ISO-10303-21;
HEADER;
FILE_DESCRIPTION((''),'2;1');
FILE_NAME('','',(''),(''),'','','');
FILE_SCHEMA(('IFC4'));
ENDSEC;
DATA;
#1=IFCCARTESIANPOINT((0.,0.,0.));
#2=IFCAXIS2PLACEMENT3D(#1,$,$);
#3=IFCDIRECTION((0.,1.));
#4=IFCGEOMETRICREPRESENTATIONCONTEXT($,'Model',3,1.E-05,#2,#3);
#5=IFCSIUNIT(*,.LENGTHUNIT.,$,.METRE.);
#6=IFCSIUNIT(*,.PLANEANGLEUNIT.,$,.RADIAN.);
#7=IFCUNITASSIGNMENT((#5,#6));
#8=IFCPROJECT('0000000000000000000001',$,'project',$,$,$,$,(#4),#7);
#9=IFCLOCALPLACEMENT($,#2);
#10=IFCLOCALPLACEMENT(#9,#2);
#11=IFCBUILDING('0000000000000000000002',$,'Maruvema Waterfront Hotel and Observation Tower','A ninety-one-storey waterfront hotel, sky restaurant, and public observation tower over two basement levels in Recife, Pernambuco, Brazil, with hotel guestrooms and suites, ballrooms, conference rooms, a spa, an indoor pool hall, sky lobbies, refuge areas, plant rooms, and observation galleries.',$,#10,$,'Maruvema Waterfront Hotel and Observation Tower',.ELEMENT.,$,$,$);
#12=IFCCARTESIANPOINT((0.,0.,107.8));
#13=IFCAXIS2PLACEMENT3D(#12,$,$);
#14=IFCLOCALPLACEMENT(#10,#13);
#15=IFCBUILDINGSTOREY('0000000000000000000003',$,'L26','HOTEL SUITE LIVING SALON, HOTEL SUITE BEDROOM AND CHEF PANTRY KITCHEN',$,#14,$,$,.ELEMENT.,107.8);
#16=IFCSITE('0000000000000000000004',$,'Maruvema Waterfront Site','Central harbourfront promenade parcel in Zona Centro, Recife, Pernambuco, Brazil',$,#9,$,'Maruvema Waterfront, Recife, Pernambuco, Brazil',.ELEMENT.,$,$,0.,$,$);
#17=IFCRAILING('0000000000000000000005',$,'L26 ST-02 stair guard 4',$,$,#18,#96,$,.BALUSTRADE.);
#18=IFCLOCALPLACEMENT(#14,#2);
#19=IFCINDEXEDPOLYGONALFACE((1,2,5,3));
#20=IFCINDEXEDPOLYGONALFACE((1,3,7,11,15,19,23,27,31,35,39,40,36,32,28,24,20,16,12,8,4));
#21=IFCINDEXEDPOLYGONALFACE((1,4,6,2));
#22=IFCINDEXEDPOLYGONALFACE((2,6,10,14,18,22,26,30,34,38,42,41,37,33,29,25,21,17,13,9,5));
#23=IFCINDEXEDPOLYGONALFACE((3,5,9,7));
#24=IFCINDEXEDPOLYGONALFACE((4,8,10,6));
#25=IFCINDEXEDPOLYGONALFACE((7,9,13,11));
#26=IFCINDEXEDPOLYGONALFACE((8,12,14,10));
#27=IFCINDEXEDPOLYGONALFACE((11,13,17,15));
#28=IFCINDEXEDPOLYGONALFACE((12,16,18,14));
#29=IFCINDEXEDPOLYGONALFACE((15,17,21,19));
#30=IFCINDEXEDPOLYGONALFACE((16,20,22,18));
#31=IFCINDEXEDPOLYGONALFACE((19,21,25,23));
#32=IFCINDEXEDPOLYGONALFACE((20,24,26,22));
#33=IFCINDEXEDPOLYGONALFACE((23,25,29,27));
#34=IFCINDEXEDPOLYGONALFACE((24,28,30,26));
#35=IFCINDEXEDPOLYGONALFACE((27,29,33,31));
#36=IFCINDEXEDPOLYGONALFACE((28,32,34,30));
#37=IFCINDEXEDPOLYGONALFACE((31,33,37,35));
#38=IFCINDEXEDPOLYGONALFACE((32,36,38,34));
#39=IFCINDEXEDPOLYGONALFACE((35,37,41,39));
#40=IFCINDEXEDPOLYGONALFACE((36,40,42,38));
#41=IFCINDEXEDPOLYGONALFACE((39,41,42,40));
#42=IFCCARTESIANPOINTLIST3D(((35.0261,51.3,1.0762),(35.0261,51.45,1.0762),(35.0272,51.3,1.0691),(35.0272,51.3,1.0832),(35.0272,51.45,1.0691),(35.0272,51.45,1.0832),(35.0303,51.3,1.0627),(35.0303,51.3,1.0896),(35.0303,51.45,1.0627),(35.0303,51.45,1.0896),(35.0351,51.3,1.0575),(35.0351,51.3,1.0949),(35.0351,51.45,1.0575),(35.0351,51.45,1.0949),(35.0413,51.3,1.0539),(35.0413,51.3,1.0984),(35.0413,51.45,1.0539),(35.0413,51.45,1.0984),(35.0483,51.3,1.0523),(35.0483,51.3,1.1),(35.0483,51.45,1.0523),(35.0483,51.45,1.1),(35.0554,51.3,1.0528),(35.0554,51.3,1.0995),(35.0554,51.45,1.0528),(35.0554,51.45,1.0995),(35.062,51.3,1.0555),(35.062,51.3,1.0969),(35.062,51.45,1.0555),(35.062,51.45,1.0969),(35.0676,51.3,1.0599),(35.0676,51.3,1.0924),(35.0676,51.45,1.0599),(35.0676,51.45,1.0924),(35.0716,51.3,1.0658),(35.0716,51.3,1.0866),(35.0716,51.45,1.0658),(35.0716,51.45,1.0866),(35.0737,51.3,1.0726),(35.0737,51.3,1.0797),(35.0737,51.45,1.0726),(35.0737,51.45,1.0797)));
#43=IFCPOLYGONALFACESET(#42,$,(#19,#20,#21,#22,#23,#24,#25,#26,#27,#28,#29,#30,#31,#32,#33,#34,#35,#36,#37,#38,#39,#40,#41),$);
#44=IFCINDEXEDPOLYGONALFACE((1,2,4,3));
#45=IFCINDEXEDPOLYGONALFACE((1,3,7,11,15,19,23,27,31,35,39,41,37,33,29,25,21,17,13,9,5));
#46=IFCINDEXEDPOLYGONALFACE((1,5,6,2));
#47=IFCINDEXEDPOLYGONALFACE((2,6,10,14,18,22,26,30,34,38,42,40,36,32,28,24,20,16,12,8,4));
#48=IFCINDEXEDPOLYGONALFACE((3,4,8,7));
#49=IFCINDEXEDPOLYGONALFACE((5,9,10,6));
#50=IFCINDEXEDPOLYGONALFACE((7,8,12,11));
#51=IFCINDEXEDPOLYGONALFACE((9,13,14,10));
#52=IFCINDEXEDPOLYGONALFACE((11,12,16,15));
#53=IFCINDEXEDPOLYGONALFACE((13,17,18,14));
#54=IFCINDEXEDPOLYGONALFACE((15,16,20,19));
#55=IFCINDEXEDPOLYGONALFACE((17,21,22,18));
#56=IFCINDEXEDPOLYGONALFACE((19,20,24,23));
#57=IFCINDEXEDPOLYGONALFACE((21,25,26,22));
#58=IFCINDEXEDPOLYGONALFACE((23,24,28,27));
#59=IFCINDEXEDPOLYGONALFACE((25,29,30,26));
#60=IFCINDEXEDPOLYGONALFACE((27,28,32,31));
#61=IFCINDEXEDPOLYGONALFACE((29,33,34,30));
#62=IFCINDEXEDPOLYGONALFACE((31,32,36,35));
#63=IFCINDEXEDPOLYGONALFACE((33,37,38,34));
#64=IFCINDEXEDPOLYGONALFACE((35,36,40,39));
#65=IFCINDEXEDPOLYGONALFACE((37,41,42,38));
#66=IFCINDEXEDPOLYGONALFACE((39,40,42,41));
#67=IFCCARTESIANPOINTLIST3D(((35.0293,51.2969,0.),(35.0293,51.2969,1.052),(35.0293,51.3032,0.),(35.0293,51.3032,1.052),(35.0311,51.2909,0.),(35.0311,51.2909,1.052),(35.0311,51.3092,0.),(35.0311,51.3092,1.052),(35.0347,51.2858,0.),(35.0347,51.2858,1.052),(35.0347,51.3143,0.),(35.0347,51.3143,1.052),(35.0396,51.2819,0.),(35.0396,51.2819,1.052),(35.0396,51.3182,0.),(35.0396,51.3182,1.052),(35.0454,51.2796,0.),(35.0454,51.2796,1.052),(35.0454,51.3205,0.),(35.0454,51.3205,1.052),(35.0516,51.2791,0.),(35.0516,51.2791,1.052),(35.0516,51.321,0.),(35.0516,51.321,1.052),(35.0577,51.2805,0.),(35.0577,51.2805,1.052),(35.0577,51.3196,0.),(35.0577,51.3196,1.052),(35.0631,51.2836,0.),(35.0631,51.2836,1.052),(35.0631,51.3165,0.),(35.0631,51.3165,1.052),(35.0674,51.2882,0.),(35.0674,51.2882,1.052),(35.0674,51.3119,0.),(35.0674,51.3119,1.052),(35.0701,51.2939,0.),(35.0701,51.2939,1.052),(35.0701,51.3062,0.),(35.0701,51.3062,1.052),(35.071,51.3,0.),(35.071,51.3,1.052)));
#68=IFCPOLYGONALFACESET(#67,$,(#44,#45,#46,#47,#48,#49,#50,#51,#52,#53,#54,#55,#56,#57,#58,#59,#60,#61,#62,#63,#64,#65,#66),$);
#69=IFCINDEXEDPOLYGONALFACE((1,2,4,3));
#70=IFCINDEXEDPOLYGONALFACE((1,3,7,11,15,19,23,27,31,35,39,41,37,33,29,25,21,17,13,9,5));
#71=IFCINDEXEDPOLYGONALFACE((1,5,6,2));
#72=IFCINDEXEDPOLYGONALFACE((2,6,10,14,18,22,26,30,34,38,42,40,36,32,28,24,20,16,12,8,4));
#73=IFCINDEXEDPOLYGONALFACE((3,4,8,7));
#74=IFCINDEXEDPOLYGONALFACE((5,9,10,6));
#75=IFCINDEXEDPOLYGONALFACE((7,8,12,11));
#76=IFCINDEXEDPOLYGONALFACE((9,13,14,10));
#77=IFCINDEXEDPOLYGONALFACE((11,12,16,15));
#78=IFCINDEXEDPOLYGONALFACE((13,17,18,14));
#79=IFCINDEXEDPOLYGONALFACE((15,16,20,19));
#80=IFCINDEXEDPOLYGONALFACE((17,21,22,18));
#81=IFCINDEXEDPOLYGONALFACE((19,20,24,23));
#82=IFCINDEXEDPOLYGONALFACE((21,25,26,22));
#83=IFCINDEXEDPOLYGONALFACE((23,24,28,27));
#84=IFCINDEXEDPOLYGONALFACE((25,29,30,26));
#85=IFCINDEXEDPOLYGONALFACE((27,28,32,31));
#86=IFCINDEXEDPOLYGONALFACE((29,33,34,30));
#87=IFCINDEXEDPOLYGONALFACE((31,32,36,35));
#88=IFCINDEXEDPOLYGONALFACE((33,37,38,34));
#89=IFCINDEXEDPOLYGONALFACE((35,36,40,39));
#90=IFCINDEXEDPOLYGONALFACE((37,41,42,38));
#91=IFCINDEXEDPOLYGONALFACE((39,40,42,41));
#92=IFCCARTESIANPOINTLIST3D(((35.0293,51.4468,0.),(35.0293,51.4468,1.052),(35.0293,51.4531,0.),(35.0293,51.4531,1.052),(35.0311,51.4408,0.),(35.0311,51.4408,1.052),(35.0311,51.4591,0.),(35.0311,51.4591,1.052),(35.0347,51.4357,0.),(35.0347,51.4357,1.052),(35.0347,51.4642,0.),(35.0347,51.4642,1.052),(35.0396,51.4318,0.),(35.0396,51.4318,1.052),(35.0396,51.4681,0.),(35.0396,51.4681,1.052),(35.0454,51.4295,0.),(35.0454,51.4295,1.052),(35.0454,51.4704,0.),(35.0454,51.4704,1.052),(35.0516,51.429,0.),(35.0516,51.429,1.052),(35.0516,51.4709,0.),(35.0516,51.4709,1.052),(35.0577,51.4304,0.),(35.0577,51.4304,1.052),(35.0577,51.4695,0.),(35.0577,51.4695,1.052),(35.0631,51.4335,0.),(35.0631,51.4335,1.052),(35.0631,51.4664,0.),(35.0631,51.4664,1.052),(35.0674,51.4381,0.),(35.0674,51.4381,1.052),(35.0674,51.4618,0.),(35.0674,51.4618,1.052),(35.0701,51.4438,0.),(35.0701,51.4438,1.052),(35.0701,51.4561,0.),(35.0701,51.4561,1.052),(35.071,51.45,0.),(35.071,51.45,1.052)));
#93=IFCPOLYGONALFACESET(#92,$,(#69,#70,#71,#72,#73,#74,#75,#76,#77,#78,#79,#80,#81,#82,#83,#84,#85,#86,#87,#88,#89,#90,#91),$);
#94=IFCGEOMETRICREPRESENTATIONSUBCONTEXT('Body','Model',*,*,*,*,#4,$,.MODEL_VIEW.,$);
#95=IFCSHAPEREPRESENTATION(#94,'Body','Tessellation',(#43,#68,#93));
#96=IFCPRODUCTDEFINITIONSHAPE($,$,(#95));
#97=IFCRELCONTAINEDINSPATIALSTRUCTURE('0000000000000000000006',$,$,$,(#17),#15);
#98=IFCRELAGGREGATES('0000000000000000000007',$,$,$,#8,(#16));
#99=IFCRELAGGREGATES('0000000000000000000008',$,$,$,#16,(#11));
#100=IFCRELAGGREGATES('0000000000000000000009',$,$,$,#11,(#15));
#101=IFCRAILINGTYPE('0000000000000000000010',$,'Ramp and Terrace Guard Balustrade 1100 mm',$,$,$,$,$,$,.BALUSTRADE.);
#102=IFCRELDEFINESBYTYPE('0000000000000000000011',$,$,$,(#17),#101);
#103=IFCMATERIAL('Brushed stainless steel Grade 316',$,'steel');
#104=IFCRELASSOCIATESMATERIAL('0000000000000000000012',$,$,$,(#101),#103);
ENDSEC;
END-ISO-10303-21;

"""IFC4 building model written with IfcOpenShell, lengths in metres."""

from ifc_helpers import new_model, si_unit, direction, frame, origin, origin_2d, place, context, subcontext, project, spatial, circle, extrude, material, type_object, element, save


model = new_model("IFC4")

# Units and contexts
model_context = context("Model", 3, precision=1e-05, world=origin(), true_north=direction((0.0, 1.0)))
body_context = subcontext(model_context, "Body", "Model", "MODEL_VIEW")
ifc_project = project(units=[si_unit("LENGTHUNIT", "METRE"), si_unit("PLANEANGLEUNIT", "RADIAN")], contexts=[model_context])

# Site, building, storey
site_placement = place(None, origin())
site = spatial("IfcSite", under=ifc_project, at=site_placement, Name="Maruvema Waterfront Site", Description="Central harbourfront promenade parcel in Zona Centro, Recife, Pernambuco, Brazil", LongName="Maruvema Waterfront, Recife, Pernambuco, Brazil", CompositionType="ELEMENT", RefElevation=0.0)
building_placement = place(site_placement, origin())
building = spatial("IfcBuilding", under=site, at=building_placement, Name="Maruvema Waterfront Hotel and Observation Tower", Description="A ninety-one-storey waterfront hotel, sky restaurant, and public observation tower over two basement levels in Recife, Pernambuco, Brazil, with hotel guestrooms and suites, ballrooms, conference rooms, a spa, an indoor pool hall, sky lobbies, refuge areas, plant rooms, and observation galleries.", LongName="Maruvema Waterfront Hotel and Observation Tower", CompositionType="ELEMENT")
storey_placement = place(building_placement, frame((0.0, 0.0, 107.8)))
storey = spatial("IfcBuildingStorey", under=building, at=storey_placement, Name="L26", Description="HOTEL SUITE LIVING SALON, HOTEL SUITE BEDROOM AND CHEF PANTRY KITCHEN", CompositionType="ELEMENT", Elevation=107.8)

# Railing
ifc_material_1 = material(Name="Brushed stainless steel Grade 316", Category="steel")
railing_type_1 = type_object("IfcRailingType", Name="Ramp and Terrace Guard Balustrade 1100 mm", PredefinedType="BALUSTRADE", material=ifc_material_1)
railing_1_placement = place(storey_placement, frame((35.05, 51.3, 0.0)))
element("IfcRailing", 1, at=railing_1_placement, inside=storey, type_object=railing_type_1, Name="L26 ST-02 stair guard 4", PredefinedType="BALUSTRADE", context=body_context, shape_type="SweptSolid", body=[
    extrude(circle(Radius=0.0239, at=origin_2d()), frame((0.0, 0.0, 1.0762), z_axis=(0.0, 1.0, 0.0), x_axis=(-1.0, 0.0, 0.0)), (0.0, 0.0, 1.0), 0.1499),
    extrude(circle(Radius=0.021, at=origin_2d()), origin(), (0.0, 0.0, 1.0), 1.052),
    extrude(circle(Radius=0.021, at=origin_2d()), frame((0.0, 0.1499, 0.0)), (0.0, 0.0, 1.0), 1.052),
])

save(model, "model.ifc")
